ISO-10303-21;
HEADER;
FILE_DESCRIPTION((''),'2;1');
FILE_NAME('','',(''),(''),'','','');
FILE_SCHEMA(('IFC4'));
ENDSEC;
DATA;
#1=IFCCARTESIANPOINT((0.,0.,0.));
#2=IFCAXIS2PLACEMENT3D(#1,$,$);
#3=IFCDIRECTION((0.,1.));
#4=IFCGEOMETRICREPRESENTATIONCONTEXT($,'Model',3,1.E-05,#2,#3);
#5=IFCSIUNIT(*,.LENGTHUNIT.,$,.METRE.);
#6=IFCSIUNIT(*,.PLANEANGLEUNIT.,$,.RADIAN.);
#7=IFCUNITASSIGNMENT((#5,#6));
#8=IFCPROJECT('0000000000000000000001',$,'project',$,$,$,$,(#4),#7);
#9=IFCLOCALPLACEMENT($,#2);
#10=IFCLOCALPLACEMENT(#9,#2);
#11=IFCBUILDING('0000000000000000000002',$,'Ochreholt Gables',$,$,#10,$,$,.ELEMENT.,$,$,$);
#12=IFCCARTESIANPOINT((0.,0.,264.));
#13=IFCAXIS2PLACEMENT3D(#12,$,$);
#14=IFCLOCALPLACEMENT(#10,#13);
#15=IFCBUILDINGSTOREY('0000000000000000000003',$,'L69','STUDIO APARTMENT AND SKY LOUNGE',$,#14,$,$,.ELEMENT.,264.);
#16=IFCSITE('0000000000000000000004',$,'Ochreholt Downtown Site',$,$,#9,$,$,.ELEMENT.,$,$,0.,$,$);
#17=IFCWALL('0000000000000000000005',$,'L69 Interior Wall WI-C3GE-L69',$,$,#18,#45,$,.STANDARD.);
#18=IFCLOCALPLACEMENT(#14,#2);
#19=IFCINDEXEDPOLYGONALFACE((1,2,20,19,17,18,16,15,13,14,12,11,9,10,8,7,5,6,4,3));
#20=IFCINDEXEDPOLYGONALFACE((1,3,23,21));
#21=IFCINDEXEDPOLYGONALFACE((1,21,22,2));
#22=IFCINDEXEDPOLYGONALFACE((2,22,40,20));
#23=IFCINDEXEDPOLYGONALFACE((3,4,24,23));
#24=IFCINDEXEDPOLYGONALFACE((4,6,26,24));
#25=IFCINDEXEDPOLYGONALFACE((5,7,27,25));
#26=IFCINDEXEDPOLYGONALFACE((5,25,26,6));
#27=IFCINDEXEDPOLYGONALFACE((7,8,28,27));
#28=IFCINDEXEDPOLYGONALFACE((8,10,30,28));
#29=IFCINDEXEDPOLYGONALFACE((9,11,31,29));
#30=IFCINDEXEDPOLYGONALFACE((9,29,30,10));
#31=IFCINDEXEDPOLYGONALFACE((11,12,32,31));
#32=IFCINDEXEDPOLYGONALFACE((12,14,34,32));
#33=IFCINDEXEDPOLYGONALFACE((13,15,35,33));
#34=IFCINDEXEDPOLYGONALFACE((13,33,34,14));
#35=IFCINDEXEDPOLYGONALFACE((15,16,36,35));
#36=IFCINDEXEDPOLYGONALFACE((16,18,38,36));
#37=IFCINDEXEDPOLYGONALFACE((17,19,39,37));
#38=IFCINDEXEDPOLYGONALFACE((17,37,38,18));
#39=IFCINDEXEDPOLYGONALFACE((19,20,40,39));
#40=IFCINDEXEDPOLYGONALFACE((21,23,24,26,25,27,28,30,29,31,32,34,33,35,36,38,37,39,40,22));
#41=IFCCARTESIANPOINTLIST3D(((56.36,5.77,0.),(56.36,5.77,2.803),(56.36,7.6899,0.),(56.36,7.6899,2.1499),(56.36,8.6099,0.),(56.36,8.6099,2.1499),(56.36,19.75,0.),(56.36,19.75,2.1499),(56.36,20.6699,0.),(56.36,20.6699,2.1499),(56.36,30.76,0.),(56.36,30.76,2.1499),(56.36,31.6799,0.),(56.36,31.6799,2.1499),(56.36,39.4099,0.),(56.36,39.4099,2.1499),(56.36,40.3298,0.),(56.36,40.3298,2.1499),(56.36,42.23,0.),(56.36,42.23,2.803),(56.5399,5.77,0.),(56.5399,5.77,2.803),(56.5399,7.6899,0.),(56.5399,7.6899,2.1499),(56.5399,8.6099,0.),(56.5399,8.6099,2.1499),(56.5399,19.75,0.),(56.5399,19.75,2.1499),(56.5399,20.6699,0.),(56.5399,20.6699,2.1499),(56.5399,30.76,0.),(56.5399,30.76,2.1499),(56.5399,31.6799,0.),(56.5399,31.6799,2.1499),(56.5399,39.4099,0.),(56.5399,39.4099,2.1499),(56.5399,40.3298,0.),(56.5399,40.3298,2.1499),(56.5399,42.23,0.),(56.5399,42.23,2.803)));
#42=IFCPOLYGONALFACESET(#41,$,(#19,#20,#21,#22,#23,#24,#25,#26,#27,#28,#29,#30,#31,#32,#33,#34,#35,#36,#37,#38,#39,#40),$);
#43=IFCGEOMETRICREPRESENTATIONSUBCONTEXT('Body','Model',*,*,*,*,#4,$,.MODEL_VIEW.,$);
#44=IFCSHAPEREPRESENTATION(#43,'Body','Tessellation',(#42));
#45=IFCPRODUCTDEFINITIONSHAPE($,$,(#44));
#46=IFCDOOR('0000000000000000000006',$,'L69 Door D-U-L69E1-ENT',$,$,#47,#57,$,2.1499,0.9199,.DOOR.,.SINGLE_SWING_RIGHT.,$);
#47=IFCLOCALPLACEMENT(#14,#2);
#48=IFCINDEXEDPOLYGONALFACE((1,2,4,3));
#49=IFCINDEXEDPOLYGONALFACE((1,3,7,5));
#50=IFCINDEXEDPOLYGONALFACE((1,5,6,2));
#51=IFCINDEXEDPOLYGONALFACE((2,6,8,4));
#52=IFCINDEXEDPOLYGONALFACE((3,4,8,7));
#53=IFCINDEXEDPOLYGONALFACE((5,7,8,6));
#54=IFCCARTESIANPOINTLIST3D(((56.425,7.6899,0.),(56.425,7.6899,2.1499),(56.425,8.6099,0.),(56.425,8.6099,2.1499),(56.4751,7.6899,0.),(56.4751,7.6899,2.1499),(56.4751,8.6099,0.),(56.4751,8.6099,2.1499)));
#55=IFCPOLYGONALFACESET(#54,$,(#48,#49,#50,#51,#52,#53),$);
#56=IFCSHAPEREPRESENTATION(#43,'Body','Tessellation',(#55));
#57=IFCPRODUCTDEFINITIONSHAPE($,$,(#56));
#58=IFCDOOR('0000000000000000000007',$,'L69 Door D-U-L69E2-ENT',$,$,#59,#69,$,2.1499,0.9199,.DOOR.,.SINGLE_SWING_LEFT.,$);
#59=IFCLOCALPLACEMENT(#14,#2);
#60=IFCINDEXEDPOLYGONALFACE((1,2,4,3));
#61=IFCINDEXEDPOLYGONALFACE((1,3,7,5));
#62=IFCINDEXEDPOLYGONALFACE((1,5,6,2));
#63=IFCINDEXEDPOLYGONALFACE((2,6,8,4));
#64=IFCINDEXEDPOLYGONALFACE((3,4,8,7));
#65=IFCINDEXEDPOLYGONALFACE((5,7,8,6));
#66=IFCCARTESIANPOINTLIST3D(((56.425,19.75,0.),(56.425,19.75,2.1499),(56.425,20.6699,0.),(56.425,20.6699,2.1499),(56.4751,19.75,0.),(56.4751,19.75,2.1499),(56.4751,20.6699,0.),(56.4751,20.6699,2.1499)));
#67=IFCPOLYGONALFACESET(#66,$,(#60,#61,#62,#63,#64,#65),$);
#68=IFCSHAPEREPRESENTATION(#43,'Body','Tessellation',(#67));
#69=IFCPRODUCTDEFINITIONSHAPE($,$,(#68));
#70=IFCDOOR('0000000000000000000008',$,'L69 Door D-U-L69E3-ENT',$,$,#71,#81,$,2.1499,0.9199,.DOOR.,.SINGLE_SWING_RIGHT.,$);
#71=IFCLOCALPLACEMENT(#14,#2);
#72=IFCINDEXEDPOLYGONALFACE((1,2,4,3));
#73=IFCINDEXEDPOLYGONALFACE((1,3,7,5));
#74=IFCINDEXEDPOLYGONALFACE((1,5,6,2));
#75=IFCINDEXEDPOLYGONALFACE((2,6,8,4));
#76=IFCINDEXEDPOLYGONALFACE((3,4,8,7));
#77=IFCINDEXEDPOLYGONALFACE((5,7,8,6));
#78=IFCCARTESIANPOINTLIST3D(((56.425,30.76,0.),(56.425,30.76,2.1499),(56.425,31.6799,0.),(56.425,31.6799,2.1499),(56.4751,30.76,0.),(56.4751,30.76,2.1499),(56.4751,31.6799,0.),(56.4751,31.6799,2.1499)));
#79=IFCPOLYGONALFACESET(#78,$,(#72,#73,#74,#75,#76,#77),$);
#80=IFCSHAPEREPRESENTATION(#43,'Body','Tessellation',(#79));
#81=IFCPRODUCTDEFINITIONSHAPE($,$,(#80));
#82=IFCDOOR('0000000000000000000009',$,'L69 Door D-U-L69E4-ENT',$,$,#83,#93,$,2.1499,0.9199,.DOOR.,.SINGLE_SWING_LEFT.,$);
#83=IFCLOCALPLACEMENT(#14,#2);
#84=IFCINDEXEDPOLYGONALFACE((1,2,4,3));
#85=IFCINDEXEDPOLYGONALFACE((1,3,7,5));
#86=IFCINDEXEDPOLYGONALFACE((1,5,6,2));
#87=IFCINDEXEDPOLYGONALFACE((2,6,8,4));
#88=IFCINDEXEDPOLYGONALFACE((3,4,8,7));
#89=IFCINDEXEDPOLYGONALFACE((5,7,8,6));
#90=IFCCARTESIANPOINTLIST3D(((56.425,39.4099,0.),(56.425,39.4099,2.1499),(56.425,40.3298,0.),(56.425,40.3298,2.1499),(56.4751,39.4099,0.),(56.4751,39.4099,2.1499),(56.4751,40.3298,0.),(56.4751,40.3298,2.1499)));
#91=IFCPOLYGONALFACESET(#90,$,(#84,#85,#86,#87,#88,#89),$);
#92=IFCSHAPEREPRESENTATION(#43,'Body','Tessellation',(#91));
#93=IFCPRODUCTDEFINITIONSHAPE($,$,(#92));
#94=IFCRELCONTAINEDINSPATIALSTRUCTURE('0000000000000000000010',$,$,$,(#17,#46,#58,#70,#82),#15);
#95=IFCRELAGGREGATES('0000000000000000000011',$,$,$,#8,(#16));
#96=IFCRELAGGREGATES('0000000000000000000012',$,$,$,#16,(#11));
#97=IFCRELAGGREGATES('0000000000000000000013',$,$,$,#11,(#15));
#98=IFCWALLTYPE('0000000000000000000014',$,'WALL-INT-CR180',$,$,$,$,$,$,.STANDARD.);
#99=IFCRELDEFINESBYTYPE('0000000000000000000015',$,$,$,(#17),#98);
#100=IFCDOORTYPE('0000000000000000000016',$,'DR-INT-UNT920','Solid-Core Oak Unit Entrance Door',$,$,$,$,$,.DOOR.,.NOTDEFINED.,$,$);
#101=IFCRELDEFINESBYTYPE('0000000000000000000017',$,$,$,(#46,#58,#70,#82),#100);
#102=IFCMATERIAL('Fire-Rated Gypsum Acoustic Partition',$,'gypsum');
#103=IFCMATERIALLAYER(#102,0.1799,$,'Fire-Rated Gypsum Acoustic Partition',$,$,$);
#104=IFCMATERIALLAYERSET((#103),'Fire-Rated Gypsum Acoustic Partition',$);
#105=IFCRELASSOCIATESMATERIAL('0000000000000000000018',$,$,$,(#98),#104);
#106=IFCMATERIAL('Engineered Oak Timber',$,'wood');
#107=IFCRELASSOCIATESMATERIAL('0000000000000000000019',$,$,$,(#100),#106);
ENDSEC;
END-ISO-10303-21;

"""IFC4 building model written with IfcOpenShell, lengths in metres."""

from ifc_helpers import new_model, si_unit, direction, frame, frame_2d, origin, place, context, subcontext, project, spatial, rectangle, extrude, material, layer, layer_set, type_object, element, fill, save


model = new_model("IFC4")

# Units and contexts
model_context = context("Model", 3, precision=1e-05, world=origin(), true_north=direction((0.0, 1.0)))
body_context = subcontext(model_context, "Body", "Model", "MODEL_VIEW")
ifc_project = project(units=[si_unit("LENGTHUNIT", "METRE"), si_unit("PLANEANGLEUNIT", "RADIAN")], contexts=[model_context])

# Site, building, storey
site_placement = place(None, origin())
site = spatial("IfcSite", under=ifc_project, at=site_placement, Name="Ochreholt Downtown Site", CompositionType="ELEMENT", RefElevation=0.0)
building_placement = place(site_placement, origin())
building = spatial("IfcBuilding", under=site, at=building_placement, Name="Ochreholt Gables", CompositionType="ELEMENT")
storey_placement = place(building_placement, frame((0.0, 0.0, 264.0)))
storey = spatial("IfcBuildingStorey", under=building, at=storey_placement, Name="L69", Description="STUDIO APARTMENT AND SKY LOUNGE", CompositionType="ELEMENT", Elevation=264.0)

# Shared definitions
ifc_material_1 = material(Name="Fire-Rated Gypsum Acoustic Partition", Category="gypsum")
ifc_layer_1 = layer(ifc_material_1, 0.1799, Name="Fire-Rated Gypsum Acoustic Partition")
ifc_layer_set_1 = layer_set([ifc_layer_1], Name="Fire-Rated Gypsum Acoustic Partition")
wall_type_1 = type_object("IfcWallType", Name="WALL-INT-CR180", PredefinedType="STANDARD", material=ifc_layer_set_1)
ifc_material_2 = material(Name="Engineered Oak Timber", Category="wood")
door_type_1 = type_object("IfcDoorType", Name="DR-INT-UNT920", Description="Solid-Core Oak Unit Entrance Door", OperationType="NOTDEFINED", PredefinedType="DOOR", material=ifc_material_2)

# Wall, openings, doors
wall_1_placement = place(storey_placement, frame((56.45, 5.77, 0.0), z_axis=(0.0, 0.0, 1.0), x_axis=(0.0, 1.0, 0.0)))
wall_1 = element("IfcWall", 1, at=wall_1_placement, inside=storey, type_object=wall_type_1, Name="L69 Interior Wall WI-C3GE-L69", PredefinedType="STANDARD", context=body_context, shape_type="SweptSolid", body=[
    extrude(rectangle(XDim=36.46, YDim=0.1799, at=frame_2d((18.23, 0.0))), origin(), (0.0, 0.0, 1.0), 2.803),
])
opening_1_placement = place(wall_1_placement, frame((1.9199, 0.0, 0.0)))
opening_1 = element("IfcOpeningElement", 2, at=opening_1_placement, cuts=wall_1, PredefinedType="OPENING", context=body_context, shape_type="SweptSolid", body=[
    extrude(rectangle(XDim=0.9199, YDim=2.1499, at=frame_2d((0.46, 1.075))), frame((0.0, 0.0999, 0.0), z_axis=(0.0, -1.0, 0.0), x_axis=(1.0, 0.0, 0.0)), (0.0, 0.0, 1.0), 0.2),
])
opening_2_placement = place(wall_1_placement, frame((13.98, 0.0, 0.0)))
opening_2 = element("IfcOpeningElement", 3, at=opening_2_placement, cuts=wall_1, PredefinedType="OPENING", context=body_context, shape_type="SweptSolid", body=[
    extrude(rectangle(XDim=0.9199, YDim=2.1499, at=frame_2d((0.46, 1.075))), frame((0.0, 0.0999, 0.0), z_axis=(0.0, -1.0, 0.0), x_axis=(1.0, 0.0, 0.0)), (0.0, 0.0, 1.0), 0.2),
])
opening_3_placement = place(wall_1_placement, frame((24.99, 0.0, 0.0)))
opening_3 = element("IfcOpeningElement", 4, at=opening_3_placement, cuts=wall_1, PredefinedType="OPENING", context=body_context, shape_type="SweptSolid", body=[
    extrude(rectangle(XDim=0.9199, YDim=2.1499, at=frame_2d((0.46, 1.075))), frame((0.0, 0.0999, 0.0), z_axis=(0.0, -1.0, 0.0), x_axis=(1.0, 0.0, 0.0)), (0.0, 0.0, 1.0), 0.2),
])
opening_4_placement = place(wall_1_placement, frame((33.6399, 0.0, 0.0)))
opening_4 = element("IfcOpeningElement", 5, at=opening_4_placement, cuts=wall_1, PredefinedType="OPENING", context=body_context, shape_type="SweptSolid", body=[
    extrude(rectangle(XDim=0.9199, YDim=2.1499, at=frame_2d((0.46, 1.075))), frame((0.0, 0.0999, 0.0), z_axis=(0.0, -1.0, 0.0), x_axis=(1.0, 0.0, 0.0)), (0.0, 0.0, 1.0), 0.2),
])
door_1_placement = place(opening_1_placement, origin())
door_1 = element("IfcDoor", 6, at=door_1_placement, inside=storey, type_object=door_type_1, Name="L69 Door D-U-L69E1-ENT", OperationType="SINGLE_SWING_RIGHT", OverallHeight=2.1499, OverallWidth=0.9199, PredefinedType="DOOR", context=body_context, shape_type="SweptSolid", body=[
    extrude(rectangle(XDim=0.9199, YDim=2.1499, at=frame_2d((0.46, 1.075))), frame((0.0, 0.0249, 0.0), z_axis=(0.0, -1.0, 0.0), x_axis=(1.0, 0.0, 0.0)), (0.0, 0.0, 1.0), 0.05),
])
fill(opening_1, door_1)
door_2_placement = place(opening_2_placement, origin())
door_2 = element("IfcDoor", 7, at=door_2_placement, inside=storey, type_object=door_type_1, Name="L69 Door D-U-L69E2-ENT", OperationType="SINGLE_SWING_LEFT", OverallHeight=2.1499, OverallWidth=0.9199, PredefinedType="DOOR", context=body_context, shape_type="SweptSolid", body=[
    extrude(rectangle(XDim=0.9199, YDim=2.1499, at=frame_2d((0.46, 1.075))), frame((0.0, 0.0249, 0.0), z_axis=(0.0, -1.0, 0.0), x_axis=(1.0, 0.0, 0.0)), (0.0, 0.0, 1.0), 0.05),
])
fill(opening_2, door_2)
door_3_placement = place(opening_3_placement, origin())
door_3 = element("IfcDoor", 8, at=door_3_placement, inside=storey, type_object=door_type_1, Name="L69 Door D-U-L69E3-ENT", OperationType="SINGLE_SWING_RIGHT", OverallHeight=2.1499, OverallWidth=0.9199, PredefinedType="DOOR", context=body_context, shape_type="SweptSolid", body=[
    extrude(rectangle(XDim=0.9199, YDim=2.1499, at=frame_2d((0.46, 1.075))), frame((0.0, 0.0249, 0.0), z_axis=(0.0, -1.0, 0.0), x_axis=(1.0, 0.0, 0.0)), (0.0, 0.0, 1.0), 0.05),
])
fill(opening_3, door_3)
door_4_placement = place(opening_4_placement, origin())
door_4 = element("IfcDoor", 9, at=door_4_placement, inside=storey, type_object=door_type_1, Name="L69 Door D-U-L69E4-ENT", OperationType="SINGLE_SWING_LEFT", OverallHeight=2.1499, OverallWidth=0.9199, PredefinedType="DOOR", context=body_context, shape_type="SweptSolid", body=[
    extrude(rectangle(XDim=0.9199, YDim=2.1499, at=frame_2d((0.46, 1.075))), frame((0.0, 0.0249, 0.0), z_axis=(0.0, -1.0, 0.0), x_axis=(1.0, 0.0, 0.0)), (0.0, 0.0, 1.0), 0.05),
])
fill(opening_4, door_4)

save(model, "model.ifc")
